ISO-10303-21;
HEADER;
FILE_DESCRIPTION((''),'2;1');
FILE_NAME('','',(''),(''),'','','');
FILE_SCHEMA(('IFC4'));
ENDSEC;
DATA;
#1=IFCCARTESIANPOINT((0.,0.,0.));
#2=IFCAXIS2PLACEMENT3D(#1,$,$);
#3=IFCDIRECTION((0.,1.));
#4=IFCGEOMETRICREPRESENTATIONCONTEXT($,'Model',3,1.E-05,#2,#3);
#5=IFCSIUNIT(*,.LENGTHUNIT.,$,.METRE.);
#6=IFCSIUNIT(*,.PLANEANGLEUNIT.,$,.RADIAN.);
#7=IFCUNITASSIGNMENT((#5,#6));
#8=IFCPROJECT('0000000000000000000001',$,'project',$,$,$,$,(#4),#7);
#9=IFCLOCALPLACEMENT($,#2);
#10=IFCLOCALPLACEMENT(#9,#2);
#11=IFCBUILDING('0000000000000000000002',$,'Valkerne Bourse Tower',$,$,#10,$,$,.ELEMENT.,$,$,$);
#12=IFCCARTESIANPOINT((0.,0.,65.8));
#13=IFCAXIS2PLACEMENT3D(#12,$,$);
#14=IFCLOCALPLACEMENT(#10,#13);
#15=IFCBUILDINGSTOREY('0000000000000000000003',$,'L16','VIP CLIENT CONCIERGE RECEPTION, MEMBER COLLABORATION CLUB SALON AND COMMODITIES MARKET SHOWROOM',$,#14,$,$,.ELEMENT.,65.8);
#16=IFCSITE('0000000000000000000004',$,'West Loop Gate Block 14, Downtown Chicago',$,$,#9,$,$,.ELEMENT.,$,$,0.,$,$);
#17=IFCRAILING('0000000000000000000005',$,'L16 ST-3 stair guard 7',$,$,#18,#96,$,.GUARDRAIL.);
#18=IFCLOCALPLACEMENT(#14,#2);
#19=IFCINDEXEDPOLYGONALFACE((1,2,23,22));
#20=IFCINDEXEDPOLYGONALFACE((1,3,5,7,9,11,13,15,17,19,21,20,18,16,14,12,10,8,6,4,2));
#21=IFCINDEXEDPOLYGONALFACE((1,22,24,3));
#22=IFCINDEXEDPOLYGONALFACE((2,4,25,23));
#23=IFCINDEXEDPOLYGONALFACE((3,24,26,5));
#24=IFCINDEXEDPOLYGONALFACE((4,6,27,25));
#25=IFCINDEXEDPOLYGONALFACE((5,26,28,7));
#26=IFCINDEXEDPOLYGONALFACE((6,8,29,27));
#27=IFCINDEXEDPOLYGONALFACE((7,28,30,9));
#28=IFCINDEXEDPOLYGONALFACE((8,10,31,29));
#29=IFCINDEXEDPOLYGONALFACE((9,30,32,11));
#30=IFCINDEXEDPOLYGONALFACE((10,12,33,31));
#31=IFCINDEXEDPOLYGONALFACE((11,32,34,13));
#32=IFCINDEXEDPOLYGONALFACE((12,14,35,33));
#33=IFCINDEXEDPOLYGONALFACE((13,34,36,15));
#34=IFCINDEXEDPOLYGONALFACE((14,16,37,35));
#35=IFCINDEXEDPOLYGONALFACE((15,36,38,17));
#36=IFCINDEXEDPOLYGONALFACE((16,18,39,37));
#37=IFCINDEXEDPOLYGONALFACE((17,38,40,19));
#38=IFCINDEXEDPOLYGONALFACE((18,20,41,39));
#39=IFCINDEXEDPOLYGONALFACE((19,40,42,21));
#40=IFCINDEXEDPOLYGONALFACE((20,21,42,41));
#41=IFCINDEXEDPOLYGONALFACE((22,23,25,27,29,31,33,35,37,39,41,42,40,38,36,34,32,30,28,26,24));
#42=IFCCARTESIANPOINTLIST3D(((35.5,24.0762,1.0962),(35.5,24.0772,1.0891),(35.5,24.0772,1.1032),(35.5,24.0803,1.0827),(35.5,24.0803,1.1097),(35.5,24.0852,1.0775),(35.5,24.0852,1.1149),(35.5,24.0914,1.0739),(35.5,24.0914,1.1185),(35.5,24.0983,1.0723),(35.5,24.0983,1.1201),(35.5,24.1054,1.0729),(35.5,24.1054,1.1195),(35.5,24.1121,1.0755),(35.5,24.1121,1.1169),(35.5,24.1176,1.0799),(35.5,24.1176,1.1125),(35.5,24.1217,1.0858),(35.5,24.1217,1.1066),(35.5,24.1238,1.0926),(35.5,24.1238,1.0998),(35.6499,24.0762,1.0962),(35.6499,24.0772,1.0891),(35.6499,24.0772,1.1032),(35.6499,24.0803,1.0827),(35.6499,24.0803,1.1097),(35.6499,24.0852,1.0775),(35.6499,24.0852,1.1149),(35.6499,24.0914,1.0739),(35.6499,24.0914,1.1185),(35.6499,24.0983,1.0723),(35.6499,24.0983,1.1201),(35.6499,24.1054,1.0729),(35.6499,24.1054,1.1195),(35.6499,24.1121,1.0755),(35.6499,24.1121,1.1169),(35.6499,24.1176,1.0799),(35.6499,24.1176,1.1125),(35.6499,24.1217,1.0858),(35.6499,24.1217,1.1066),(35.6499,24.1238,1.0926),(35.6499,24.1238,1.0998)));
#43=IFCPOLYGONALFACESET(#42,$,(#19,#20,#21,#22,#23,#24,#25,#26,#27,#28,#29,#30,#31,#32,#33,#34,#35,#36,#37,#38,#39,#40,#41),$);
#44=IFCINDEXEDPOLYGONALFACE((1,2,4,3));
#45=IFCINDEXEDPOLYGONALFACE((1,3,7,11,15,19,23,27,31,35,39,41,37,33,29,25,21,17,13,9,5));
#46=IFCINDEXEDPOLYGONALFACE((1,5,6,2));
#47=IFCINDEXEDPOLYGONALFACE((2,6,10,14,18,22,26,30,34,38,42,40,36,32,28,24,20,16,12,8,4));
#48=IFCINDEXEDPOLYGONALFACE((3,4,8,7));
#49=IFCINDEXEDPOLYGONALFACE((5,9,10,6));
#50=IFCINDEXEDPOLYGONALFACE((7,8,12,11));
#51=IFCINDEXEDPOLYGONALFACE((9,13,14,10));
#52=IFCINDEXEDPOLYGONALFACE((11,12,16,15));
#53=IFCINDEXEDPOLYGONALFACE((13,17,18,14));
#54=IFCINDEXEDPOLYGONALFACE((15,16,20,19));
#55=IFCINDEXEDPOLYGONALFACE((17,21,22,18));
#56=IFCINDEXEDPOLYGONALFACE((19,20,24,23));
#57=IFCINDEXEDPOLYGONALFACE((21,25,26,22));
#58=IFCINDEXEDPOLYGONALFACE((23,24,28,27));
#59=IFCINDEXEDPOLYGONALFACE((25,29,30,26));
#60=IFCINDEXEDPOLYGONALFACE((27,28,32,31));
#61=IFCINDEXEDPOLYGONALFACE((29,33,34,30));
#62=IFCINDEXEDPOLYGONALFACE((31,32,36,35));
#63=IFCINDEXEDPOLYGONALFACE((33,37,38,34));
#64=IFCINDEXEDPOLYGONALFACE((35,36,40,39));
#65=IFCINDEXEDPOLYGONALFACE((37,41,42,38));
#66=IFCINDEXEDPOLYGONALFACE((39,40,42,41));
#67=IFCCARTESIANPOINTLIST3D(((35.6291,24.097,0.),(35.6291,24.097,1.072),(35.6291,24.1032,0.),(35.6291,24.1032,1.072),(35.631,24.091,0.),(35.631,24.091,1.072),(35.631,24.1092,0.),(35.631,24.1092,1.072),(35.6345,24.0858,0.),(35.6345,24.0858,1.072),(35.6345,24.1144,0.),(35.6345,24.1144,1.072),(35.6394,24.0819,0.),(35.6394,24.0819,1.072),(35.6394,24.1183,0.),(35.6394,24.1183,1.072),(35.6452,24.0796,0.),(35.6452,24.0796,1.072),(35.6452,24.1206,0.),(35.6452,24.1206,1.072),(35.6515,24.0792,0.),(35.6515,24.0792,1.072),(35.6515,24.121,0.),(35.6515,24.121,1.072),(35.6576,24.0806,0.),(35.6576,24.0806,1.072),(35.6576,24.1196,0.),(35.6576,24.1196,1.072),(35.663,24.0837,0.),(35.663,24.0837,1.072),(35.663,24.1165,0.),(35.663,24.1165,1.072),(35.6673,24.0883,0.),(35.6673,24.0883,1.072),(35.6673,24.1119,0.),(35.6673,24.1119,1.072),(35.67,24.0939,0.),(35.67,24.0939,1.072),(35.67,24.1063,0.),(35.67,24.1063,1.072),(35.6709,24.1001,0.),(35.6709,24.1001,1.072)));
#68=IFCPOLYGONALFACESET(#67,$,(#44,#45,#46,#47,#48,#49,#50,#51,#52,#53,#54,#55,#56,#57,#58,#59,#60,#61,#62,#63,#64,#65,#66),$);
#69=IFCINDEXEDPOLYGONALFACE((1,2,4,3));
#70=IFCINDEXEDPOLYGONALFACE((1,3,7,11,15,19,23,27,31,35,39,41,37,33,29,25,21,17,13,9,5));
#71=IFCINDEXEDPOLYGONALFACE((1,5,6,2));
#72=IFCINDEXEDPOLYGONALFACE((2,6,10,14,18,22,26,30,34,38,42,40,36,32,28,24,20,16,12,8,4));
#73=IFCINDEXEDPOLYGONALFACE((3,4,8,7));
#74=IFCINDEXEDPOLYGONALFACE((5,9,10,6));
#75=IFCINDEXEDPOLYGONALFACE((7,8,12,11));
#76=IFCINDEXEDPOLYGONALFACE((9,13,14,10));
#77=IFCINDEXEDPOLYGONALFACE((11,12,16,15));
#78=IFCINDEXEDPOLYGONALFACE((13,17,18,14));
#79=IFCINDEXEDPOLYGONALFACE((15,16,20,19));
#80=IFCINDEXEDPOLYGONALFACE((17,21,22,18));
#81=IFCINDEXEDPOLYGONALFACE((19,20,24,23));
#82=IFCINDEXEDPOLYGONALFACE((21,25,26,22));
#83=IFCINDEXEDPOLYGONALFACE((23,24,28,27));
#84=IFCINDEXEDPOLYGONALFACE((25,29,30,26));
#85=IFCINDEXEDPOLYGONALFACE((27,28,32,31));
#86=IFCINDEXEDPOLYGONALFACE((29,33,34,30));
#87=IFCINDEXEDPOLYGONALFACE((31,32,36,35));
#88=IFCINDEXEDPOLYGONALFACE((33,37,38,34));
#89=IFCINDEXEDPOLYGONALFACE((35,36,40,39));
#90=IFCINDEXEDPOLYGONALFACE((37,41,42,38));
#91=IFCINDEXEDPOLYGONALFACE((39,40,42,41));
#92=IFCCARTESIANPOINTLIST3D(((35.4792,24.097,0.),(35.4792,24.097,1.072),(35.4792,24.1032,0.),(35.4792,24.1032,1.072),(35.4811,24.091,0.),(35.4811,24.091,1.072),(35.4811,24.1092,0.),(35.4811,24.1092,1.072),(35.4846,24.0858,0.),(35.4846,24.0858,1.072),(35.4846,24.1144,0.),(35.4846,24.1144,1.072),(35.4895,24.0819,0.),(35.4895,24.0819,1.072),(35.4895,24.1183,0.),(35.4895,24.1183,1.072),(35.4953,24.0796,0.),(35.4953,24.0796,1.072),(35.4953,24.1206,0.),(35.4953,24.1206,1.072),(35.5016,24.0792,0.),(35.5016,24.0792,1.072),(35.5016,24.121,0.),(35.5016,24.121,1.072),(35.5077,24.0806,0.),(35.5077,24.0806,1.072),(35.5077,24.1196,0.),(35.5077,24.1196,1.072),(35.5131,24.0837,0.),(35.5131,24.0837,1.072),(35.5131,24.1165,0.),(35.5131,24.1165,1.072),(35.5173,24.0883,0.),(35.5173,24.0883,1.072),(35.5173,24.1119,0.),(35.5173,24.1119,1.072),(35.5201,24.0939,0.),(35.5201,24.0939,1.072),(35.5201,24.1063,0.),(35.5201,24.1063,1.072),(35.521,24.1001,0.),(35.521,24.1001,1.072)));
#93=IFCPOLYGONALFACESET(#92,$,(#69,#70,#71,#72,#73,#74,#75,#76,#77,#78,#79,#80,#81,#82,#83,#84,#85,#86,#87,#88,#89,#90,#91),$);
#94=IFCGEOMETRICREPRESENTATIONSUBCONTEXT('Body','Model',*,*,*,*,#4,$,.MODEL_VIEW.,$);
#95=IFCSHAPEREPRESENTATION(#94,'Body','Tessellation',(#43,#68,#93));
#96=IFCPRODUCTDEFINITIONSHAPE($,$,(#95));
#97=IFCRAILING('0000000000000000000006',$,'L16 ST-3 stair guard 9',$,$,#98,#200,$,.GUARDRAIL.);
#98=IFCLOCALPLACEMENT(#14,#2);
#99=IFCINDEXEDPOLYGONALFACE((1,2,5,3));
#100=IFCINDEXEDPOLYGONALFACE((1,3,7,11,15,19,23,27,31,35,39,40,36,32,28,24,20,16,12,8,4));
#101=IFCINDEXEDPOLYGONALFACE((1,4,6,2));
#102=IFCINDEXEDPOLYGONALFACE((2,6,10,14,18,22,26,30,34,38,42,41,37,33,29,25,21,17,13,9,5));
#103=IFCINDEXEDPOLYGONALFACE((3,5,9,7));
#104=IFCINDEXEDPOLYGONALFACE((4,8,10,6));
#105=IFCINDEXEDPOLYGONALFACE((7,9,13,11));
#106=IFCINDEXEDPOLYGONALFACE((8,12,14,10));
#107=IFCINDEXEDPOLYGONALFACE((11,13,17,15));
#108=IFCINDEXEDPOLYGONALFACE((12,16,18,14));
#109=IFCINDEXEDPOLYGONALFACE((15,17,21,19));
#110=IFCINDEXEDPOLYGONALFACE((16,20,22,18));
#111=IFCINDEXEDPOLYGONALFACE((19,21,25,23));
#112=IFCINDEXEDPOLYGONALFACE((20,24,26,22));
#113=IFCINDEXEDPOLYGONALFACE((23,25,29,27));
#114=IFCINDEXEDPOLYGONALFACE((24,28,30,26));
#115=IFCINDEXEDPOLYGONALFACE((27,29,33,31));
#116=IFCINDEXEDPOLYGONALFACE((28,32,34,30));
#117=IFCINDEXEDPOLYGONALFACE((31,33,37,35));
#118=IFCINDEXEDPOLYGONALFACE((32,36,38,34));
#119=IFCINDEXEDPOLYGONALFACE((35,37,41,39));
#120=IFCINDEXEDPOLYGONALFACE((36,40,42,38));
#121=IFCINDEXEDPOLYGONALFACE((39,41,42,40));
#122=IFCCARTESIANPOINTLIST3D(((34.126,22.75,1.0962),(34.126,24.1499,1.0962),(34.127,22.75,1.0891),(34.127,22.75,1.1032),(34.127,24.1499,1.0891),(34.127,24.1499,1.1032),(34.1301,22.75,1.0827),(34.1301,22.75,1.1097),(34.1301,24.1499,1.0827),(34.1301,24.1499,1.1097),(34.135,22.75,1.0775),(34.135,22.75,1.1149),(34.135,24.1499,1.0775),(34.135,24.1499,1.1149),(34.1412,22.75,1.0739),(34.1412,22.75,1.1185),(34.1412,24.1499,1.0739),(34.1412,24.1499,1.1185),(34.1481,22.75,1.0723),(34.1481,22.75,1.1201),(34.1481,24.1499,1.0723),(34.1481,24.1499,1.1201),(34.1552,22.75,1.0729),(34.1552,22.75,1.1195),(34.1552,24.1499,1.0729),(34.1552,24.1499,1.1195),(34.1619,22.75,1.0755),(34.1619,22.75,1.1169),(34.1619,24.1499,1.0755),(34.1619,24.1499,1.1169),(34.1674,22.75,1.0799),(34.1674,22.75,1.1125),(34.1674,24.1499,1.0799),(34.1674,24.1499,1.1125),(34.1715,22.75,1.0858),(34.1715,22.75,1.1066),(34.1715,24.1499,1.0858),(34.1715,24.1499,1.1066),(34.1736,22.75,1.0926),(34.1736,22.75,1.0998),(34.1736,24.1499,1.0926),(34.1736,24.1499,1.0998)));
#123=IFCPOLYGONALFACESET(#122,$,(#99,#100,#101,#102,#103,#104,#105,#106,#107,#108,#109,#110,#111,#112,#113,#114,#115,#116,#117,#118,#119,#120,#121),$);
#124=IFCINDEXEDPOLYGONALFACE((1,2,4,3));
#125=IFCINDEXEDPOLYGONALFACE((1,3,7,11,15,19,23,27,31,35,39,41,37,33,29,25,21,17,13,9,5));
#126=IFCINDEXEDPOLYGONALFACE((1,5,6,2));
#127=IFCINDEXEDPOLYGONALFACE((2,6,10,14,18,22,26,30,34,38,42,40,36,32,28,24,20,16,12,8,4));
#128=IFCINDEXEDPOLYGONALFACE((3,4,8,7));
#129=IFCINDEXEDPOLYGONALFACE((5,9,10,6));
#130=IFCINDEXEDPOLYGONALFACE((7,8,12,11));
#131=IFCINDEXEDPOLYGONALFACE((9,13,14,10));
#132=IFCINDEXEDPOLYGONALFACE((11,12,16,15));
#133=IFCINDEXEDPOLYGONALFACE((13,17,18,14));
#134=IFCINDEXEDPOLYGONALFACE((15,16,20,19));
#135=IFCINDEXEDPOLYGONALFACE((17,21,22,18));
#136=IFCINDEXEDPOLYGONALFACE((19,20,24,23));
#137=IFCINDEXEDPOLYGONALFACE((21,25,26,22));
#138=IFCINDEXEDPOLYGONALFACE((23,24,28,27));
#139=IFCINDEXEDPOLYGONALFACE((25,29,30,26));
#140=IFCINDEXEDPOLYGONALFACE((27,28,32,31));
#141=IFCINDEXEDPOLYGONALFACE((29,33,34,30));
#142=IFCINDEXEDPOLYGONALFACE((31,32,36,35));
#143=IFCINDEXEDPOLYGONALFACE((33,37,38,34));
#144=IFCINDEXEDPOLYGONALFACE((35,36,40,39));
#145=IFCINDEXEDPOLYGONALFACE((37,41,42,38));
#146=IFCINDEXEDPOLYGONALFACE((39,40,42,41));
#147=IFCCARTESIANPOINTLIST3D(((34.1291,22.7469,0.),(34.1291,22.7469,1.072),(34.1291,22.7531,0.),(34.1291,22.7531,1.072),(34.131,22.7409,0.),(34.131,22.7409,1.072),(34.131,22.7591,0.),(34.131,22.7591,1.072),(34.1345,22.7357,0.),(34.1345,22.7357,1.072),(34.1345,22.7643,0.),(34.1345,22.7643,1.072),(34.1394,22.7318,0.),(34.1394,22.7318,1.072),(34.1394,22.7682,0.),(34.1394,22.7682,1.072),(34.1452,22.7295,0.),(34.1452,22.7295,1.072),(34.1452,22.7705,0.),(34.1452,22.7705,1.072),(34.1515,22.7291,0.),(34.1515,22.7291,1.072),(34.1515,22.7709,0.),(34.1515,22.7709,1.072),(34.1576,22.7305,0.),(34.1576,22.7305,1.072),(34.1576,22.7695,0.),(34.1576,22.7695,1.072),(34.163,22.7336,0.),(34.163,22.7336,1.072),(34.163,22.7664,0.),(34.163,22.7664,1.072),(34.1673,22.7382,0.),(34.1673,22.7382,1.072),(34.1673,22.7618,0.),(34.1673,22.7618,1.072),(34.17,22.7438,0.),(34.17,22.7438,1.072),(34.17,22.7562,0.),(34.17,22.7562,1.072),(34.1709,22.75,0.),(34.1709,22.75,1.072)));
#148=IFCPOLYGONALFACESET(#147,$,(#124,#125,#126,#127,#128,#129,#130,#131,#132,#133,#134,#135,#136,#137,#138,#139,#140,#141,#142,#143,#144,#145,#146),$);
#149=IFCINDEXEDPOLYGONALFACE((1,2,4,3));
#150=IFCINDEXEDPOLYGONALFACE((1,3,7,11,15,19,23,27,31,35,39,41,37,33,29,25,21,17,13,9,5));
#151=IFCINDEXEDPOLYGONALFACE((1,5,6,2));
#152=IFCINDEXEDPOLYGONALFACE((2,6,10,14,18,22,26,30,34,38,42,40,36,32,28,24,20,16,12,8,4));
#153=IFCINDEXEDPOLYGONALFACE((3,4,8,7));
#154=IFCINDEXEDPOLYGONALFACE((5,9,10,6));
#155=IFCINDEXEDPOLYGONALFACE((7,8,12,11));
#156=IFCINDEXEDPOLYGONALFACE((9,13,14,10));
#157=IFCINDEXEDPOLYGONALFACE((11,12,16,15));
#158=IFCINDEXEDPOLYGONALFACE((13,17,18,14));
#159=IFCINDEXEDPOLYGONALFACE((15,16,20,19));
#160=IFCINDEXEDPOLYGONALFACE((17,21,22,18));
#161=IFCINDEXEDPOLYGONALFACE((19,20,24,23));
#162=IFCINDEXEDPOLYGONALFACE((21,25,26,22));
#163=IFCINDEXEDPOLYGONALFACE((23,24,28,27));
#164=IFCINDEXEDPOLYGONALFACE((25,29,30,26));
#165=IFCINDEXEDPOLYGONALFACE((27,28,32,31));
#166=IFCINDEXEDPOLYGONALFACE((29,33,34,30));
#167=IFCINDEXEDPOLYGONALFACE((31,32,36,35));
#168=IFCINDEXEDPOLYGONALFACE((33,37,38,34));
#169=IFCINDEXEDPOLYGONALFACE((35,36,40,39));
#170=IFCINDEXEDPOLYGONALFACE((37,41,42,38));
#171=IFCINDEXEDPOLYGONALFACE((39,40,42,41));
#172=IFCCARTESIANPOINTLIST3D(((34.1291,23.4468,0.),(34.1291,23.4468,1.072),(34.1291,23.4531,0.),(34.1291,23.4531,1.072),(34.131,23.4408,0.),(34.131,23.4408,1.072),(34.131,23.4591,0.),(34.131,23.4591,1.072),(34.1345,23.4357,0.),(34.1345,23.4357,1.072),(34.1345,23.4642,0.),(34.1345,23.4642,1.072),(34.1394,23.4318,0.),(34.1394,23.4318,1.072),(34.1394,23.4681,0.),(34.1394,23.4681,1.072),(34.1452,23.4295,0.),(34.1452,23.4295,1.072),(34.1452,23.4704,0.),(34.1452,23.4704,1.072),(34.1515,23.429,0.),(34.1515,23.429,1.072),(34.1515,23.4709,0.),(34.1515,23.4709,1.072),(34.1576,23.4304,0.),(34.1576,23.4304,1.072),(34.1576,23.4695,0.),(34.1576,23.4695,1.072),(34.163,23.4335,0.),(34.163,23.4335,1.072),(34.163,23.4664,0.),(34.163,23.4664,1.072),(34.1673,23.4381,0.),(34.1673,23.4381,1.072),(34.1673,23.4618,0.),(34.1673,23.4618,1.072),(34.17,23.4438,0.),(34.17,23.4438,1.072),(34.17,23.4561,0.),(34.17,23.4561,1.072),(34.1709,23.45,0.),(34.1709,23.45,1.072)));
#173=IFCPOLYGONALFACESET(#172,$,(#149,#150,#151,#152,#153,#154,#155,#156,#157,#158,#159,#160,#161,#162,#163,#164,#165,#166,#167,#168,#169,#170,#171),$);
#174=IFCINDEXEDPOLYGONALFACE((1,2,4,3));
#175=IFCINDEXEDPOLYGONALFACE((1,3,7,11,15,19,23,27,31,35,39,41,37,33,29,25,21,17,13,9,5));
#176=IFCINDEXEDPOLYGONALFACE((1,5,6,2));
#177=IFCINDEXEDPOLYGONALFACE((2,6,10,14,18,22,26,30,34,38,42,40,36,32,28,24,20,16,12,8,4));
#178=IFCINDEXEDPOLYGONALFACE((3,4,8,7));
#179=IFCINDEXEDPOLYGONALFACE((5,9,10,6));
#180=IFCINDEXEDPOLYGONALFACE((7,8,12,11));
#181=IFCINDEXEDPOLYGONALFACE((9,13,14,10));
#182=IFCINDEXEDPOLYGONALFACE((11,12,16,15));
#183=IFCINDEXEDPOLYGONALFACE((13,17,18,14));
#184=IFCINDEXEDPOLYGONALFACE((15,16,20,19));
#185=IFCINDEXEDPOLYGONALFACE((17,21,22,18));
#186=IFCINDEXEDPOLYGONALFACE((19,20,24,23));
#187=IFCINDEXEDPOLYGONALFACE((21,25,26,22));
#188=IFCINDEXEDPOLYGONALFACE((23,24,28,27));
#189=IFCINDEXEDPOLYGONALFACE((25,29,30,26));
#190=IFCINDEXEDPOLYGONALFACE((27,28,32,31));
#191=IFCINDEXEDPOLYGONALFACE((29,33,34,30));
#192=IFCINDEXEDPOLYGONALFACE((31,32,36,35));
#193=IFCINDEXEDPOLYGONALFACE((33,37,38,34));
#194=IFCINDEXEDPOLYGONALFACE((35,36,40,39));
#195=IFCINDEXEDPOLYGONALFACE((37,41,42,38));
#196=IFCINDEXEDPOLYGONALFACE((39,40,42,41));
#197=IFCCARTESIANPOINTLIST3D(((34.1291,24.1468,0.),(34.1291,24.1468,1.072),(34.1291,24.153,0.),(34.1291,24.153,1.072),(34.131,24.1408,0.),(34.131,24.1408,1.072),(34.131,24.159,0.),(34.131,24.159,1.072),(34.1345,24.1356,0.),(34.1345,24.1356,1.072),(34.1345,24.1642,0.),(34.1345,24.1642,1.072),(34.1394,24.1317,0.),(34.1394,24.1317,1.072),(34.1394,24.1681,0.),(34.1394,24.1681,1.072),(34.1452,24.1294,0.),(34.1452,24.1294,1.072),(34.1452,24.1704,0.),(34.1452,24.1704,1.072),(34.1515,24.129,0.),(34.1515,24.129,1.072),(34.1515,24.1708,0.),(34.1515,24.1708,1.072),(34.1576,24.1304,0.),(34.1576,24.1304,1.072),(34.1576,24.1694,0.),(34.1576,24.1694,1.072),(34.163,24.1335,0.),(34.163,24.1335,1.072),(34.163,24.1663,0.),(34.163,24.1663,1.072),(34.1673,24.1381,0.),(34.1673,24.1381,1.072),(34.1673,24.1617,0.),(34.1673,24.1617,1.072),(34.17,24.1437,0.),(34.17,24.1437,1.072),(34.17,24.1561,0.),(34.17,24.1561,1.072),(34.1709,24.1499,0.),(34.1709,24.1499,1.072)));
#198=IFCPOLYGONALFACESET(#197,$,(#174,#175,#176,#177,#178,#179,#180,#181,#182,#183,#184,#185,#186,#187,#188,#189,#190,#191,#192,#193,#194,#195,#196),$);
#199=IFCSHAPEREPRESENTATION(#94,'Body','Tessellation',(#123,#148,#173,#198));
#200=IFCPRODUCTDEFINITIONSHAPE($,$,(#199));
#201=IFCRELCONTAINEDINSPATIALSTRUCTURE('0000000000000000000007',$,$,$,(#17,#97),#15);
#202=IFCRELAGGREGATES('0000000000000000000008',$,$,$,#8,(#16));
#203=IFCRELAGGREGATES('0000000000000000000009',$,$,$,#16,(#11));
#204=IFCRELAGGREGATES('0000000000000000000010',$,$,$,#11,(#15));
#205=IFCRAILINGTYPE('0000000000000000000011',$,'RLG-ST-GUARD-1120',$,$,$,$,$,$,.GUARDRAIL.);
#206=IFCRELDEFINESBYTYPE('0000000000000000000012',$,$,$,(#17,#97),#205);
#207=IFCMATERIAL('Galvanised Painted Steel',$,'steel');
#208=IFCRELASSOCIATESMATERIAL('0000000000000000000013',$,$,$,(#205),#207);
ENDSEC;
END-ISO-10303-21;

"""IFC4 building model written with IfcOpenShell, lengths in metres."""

from ifc_helpers import new_model, si_unit, direction, frame, origin, origin_2d, place, context, subcontext, project, spatial, circle, extrude, material, type_object, element, save


model = new_model("IFC4")

# Units and contexts
model_context = context("Model", 3, precision=1e-05, world=origin(), true_north=direction((0.0, 1.0)))
body_context = subcontext(model_context, "Body", "Model", "MODEL_VIEW")
ifc_project = project(units=[si_unit("LENGTHUNIT", "METRE"), si_unit("PLANEANGLEUNIT", "RADIAN")], contexts=[model_context])

# Site, building, storey
site_placement = place(None, origin())
site = spatial("IfcSite", under=ifc_project, at=site_placement, Name="West Loop Gate Block 14, Downtown Chicago", CompositionType="ELEMENT", RefElevation=0.0)
building_placement = place(site_placement, origin())
building = spatial("IfcBuilding", under=site, at=building_placement, Name="Valkerne Bourse Tower", CompositionType="ELEMENT")
storey_placement = place(building_placement, frame((0.0, 0.0, 65.8)))
storey = spatial("IfcBuildingStorey", under=building, at=storey_placement, Name="L16", Description="VIP CLIENT CONCIERGE RECEPTION, MEMBER COLLABORATION CLUB SALON AND COMMODITIES MARKET SHOWROOM", CompositionType="ELEMENT", Elevation=65.8)

# Shared definitions
ifc_material_1 = material(Name="Galvanised Painted Steel", Category="steel")

# Railings
railing_type = type_object("IfcRailingType", Name="RLG-ST-GUARD-1120", PredefinedType="GUARDRAIL", material=ifc_material_1)
railing_1_placement = place(storey_placement, frame((35.6499, 24.1001, 0.0)))
element("IfcRailing", 1, at=railing_1_placement, inside=storey, type_object=railing_type, Name="L16 ST-3 stair guard 7", PredefinedType="GUARDRAIL", context=body_context, shape_type="SweptSolid", body=[
    extrude(circle(Radius=0.0239, at=origin_2d()), frame((0.0, 0.0, 1.0962), z_axis=(-1.0, 0.0, 0.0), x_axis=(0.0, -1.0, 0.0)), (0.0, 0.0, 1.0), 0.1499),
    extrude(circle(Radius=0.021, at=origin_2d()), origin(), (0.0, 0.0, 1.0), 1.072),
    extrude(circle(Radius=0.021, at=origin_2d()), frame((-0.1499, 0.0, 0.0)), (0.0, 0.0, 1.0), 1.072),
])
railing_2_placement = place(storey_placement, frame((34.1499, 22.75, 0.0)))
element("IfcRailing", 2, at=railing_2_placement, inside=storey, type_object=railing_type, Name="L16 ST-3 stair guard 9", PredefinedType="GUARDRAIL", context=body_context, shape_type="SweptSolid", body=[
    extrude(circle(Radius=0.0239, at=origin_2d()), frame((0.0, 0.0, 1.0962), z_axis=(0.0, 1.0, 0.0), x_axis=(-1.0, 0.0, 0.0)), (0.0, 0.0, 1.0), 1.3999),
    extrude(circle(Radius=0.021, at=origin_2d()), origin(), (0.0, 0.0, 1.0), 1.072),
    extrude(circle(Radius=0.021, at=origin_2d()), frame((0.0, 0.7, 0.0)), (0.0, 0.0, 1.0), 1.072),
    extrude(circle(Radius=0.021, at=origin_2d()), frame((0.0, 1.3999, 0.0)), (0.0, 0.0, 1.0), 1.072),
])

save(model, "model.ifc")
